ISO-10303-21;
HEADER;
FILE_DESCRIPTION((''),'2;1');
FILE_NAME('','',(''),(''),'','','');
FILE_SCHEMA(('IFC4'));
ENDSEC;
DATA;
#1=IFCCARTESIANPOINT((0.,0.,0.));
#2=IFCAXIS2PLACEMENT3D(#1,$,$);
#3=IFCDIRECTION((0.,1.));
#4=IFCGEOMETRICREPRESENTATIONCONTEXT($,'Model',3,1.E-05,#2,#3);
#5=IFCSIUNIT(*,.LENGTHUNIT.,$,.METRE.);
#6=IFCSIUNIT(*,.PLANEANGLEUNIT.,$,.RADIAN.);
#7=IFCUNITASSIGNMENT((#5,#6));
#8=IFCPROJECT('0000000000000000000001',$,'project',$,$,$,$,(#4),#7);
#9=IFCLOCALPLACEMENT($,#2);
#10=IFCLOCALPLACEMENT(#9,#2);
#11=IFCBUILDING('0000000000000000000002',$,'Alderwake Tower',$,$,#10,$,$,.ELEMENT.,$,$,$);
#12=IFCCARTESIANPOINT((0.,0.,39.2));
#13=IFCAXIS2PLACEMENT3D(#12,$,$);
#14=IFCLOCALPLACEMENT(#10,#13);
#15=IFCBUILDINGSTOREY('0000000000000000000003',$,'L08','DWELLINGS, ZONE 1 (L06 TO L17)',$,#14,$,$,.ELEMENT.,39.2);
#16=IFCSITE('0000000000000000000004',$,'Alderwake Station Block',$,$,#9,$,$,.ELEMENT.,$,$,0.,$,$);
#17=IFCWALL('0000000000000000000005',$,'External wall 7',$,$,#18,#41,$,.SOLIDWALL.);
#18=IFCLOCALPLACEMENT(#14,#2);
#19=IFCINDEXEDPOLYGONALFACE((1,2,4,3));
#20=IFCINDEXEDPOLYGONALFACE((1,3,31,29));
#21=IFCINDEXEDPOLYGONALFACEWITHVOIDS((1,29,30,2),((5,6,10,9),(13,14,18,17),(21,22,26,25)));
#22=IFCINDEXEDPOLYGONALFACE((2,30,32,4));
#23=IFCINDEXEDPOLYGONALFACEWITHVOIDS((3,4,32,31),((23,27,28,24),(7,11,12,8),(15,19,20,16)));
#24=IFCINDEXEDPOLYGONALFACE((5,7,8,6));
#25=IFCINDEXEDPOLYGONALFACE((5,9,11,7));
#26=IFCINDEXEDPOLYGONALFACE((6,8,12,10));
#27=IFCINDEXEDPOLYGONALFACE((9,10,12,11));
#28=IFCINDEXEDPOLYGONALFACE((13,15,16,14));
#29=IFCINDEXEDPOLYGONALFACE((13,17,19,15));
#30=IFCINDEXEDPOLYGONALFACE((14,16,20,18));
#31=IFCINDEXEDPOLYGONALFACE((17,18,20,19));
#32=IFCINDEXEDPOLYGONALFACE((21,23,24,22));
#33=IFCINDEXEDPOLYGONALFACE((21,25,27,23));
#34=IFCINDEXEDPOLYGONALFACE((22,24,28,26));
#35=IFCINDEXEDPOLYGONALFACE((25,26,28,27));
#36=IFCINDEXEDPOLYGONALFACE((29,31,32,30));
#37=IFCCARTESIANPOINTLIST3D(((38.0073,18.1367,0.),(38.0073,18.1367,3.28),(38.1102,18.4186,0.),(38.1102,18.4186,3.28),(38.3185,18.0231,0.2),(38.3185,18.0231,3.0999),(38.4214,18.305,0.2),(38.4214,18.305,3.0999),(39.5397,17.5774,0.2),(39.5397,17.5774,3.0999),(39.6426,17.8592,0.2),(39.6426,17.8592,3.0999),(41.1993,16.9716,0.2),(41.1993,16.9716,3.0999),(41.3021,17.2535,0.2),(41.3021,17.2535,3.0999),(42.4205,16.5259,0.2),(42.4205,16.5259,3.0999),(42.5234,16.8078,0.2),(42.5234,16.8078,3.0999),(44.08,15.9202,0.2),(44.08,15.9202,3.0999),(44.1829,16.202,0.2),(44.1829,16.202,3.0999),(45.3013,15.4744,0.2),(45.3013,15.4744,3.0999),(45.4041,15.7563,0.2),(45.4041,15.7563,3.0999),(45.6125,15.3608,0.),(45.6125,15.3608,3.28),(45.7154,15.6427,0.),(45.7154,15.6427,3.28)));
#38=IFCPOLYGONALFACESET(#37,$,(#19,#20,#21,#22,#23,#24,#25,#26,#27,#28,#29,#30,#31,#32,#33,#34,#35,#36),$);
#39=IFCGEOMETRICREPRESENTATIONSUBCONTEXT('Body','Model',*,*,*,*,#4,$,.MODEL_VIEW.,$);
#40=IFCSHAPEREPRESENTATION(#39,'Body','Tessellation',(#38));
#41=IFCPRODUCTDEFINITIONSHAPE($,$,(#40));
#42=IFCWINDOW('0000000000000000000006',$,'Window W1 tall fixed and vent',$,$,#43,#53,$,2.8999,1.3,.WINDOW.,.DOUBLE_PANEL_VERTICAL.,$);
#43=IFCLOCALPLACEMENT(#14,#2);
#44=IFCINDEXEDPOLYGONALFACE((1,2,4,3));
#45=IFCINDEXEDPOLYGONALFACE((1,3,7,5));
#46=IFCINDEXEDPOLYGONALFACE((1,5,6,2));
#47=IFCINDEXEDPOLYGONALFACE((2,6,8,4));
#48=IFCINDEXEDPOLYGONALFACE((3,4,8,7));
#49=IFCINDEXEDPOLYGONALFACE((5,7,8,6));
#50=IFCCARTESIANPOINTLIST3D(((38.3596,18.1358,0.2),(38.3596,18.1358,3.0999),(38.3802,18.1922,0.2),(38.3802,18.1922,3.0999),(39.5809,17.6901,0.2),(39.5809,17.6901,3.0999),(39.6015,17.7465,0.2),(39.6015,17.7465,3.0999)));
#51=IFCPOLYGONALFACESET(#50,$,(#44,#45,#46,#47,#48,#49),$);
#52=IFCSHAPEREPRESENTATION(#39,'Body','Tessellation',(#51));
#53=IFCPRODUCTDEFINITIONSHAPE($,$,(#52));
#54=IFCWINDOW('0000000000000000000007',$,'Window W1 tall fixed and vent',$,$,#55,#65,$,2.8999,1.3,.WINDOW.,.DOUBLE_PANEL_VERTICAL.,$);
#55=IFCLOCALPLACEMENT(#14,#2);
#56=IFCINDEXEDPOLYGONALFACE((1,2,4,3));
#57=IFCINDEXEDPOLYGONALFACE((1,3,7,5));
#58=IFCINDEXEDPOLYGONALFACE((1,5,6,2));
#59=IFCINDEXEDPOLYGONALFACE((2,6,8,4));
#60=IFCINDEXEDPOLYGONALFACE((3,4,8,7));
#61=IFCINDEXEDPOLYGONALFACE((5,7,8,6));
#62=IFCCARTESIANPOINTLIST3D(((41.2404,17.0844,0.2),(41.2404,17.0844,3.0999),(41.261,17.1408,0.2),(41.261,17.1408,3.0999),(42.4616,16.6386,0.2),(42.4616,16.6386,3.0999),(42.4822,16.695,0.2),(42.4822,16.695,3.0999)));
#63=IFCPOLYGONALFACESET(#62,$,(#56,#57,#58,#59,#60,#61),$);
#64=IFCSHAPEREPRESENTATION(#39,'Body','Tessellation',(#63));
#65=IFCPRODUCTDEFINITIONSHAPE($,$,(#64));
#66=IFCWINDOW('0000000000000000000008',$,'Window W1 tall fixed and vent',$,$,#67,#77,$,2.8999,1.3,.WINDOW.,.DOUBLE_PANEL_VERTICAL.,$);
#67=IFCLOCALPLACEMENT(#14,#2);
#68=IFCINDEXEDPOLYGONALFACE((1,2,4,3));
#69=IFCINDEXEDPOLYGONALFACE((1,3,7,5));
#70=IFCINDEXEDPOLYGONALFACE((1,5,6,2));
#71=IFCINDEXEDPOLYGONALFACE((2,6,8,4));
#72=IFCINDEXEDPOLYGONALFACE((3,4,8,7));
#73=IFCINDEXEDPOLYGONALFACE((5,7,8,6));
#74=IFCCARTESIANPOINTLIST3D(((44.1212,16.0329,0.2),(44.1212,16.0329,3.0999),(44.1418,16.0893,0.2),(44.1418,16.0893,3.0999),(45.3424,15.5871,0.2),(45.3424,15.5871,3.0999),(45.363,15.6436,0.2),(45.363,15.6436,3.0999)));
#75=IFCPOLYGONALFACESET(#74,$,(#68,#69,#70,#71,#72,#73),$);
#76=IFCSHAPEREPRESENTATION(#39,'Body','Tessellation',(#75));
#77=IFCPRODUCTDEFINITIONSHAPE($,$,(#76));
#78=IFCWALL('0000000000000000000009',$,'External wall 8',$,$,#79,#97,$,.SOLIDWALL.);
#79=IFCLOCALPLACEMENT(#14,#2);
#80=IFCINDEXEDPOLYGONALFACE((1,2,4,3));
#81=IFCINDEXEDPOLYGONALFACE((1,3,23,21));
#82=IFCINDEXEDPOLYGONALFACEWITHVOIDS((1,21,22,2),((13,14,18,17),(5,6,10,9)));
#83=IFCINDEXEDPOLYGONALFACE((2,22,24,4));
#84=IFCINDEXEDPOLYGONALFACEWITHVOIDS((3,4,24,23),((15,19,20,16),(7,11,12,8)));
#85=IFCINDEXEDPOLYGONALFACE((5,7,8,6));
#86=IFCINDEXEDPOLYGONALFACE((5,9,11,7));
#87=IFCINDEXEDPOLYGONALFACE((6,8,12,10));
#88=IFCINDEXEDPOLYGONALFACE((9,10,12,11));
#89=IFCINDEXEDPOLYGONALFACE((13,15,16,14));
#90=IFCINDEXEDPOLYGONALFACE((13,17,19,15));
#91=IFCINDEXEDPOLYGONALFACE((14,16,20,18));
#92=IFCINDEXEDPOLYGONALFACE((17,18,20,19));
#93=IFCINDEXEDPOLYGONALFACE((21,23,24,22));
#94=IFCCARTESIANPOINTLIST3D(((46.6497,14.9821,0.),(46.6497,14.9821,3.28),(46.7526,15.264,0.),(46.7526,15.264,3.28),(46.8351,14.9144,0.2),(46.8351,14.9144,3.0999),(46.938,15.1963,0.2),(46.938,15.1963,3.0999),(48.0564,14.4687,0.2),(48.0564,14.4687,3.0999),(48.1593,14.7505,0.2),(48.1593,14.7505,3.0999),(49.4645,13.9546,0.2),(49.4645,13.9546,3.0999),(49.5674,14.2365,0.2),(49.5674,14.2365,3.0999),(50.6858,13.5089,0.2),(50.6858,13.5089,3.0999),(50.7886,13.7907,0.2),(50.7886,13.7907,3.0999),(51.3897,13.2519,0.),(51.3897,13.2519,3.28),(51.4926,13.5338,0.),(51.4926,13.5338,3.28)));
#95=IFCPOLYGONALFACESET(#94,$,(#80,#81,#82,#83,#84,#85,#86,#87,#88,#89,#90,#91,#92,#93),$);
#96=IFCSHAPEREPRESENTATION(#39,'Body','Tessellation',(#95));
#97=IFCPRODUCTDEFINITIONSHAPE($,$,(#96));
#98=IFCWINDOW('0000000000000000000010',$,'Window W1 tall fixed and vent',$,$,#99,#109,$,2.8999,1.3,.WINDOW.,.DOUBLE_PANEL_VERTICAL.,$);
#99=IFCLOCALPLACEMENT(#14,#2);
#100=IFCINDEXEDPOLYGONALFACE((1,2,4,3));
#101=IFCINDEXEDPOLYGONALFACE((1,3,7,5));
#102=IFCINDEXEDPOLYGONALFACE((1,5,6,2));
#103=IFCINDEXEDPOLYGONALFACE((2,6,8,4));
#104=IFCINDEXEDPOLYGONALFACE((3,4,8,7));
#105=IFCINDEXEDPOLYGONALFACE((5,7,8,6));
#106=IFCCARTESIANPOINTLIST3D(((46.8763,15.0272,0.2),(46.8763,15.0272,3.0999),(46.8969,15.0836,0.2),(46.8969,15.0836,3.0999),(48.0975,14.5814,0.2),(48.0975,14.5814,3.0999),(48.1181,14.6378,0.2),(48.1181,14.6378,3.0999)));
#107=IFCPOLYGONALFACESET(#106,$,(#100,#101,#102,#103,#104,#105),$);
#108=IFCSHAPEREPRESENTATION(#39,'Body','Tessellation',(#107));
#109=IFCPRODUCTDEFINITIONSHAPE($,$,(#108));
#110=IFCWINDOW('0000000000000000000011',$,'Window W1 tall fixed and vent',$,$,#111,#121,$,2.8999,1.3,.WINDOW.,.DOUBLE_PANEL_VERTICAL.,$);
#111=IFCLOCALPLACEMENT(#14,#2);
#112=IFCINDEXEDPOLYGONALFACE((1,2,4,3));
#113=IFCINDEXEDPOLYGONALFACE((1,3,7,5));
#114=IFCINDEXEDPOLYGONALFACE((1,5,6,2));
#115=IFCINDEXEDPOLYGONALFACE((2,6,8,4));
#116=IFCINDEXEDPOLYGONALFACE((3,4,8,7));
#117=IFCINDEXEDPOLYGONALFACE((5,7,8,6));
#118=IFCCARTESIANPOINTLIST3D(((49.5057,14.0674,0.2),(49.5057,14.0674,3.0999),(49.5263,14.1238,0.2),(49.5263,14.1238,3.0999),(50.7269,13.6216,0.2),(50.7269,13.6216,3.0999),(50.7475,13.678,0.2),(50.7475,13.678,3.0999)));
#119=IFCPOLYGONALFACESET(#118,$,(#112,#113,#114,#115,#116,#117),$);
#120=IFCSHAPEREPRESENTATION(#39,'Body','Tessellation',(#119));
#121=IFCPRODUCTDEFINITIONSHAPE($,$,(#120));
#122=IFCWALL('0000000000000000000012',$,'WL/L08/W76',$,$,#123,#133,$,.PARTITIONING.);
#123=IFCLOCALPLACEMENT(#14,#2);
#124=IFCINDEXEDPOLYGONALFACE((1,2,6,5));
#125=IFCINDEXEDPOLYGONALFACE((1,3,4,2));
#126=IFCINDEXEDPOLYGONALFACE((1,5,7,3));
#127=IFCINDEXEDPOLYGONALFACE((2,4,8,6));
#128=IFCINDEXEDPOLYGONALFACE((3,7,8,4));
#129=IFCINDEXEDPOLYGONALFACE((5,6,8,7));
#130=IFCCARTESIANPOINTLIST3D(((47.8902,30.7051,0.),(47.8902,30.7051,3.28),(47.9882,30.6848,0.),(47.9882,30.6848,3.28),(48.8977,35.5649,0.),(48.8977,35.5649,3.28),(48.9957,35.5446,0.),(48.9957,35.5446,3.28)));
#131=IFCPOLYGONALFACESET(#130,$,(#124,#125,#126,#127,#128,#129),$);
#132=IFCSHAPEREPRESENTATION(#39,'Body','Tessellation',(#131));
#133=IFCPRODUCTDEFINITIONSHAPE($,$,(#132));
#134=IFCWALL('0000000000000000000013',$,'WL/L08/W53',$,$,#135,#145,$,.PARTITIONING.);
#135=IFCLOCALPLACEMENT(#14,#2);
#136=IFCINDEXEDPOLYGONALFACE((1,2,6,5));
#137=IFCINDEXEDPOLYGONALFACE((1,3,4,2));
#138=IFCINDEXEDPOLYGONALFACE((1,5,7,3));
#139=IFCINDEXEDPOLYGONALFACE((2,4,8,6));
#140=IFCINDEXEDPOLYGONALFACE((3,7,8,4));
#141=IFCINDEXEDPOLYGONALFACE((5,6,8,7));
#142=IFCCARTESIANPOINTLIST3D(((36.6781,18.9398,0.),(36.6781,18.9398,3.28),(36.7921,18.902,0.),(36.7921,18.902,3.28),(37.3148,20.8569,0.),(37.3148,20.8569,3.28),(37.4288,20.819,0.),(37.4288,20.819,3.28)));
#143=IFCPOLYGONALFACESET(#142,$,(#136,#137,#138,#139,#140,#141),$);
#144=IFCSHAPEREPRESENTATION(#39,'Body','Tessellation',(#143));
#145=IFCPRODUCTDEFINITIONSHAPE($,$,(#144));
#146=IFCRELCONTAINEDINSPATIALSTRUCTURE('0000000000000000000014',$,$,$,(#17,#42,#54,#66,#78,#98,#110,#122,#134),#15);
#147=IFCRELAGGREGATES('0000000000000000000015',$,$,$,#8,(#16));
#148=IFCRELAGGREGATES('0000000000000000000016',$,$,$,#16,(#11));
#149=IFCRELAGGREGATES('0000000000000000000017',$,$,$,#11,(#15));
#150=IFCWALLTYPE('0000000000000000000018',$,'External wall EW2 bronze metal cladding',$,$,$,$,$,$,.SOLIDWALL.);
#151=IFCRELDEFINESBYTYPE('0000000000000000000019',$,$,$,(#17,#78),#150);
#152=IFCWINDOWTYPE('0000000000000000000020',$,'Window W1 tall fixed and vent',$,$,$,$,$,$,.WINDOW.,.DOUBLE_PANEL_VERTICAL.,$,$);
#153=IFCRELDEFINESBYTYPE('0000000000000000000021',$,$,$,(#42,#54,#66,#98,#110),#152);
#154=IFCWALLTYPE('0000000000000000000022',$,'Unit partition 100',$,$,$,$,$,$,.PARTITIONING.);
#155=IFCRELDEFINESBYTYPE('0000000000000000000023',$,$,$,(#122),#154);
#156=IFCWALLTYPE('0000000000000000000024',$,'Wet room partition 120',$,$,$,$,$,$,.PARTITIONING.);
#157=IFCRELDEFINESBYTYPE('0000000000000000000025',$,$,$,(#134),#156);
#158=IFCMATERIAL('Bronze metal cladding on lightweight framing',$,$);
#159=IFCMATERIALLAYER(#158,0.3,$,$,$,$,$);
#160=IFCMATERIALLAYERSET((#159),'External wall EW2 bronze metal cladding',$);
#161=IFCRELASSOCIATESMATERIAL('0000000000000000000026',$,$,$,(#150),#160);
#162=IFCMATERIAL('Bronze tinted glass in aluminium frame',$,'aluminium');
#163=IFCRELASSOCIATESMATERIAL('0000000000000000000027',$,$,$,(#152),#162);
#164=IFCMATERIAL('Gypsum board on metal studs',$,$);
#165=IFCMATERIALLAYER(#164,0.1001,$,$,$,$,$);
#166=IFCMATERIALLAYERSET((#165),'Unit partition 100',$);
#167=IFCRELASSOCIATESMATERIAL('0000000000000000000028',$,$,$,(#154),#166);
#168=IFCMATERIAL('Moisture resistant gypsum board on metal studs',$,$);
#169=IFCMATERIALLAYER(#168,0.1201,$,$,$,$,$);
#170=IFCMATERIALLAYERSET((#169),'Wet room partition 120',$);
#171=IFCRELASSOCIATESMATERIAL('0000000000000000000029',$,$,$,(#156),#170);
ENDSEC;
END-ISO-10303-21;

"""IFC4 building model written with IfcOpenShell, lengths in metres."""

from ifc_helpers import new_model, si_unit, direction, frame, frame_2d, origin, place, context, subcontext, project, spatial, rectangle, extrude, material, layer, layer_set, type_object, element, fill, save


model = new_model("IFC4")

# Units and contexts
model_context = context("Model", 3, precision=1e-05, world=origin(), true_north=direction((0.0, 1.0)))
body_context = subcontext(model_context, "Body", "Model", "MODEL_VIEW")
ifc_project = project(units=[si_unit("LENGTHUNIT", "METRE"), si_unit("PLANEANGLEUNIT", "RADIAN")], contexts=[model_context])

# Site, building, storey
site_placement = place(None, origin())
site = spatial("IfcSite", under=ifc_project, at=site_placement, Name="Alderwake Station Block", CompositionType="ELEMENT", RefElevation=0.0)
building_placement = place(site_placement, origin())
building = spatial("IfcBuilding", under=site, at=building_placement, Name="Alderwake Tower", CompositionType="ELEMENT")
storey_placement = place(building_placement, frame((0.0, 0.0, 39.2)))
storey = spatial("IfcBuildingStorey", under=building, at=storey_placement, Name="L08", Description="DWELLINGS, ZONE 1 (L06 TO L17)", CompositionType="ELEMENT", Elevation=39.2)

# Walls, openings, windows
ifc_material_1 = material(Name="Bronze metal cladding on lightweight framing")
ifc_layer_1 = layer(ifc_material_1, 0.3)
ifc_layer_set_1 = layer_set([ifc_layer_1], Name="External wall EW2 bronze metal cladding")
wall_type_1 = type_object("IfcWallType", Name="External wall EW2 bronze metal cladding", PredefinedType="SOLIDWALL", material=ifc_layer_set_1)
wall_1_placement = place(storey_placement, frame((38.0588, 18.2776, 0.0), z_axis=(0.0, 0.0, 1.0), x_axis=(0.939382, -0.342871, 0.0)))
wall_1 = element("IfcWall", 1, at=wall_1_placement, inside=storey, type_object=wall_type_1, Name="External wall 7", PredefinedType="SOLIDWALL", context=body_context, shape_type="SweptSolid", body=[
    extrude(rectangle(XDim=8.0959, YDim=0.3, at=frame_2d((4.0479, 0.0))), origin(), (0.0, 0.0, 1.0), 3.28),
])
opening_1_placement = place(wall_1_placement, frame((0.3313, 0.0, 0.2)))
opening_1 = element("IfcOpeningElement", 2, at=opening_1_placement, cuts=wall_1, PredefinedType="OPENING", context=body_context, shape_type="SweptSolid", body=[
    extrude(rectangle(XDim=1.3, YDim=2.8999, at=frame_2d((0.6499, 1.45))), frame((0.0, 0.1599, 0.0), z_axis=(0.0, -1.0, 0.0), x_axis=(1.0, 0.0, 0.0)), (0.0, 0.0, 1.0), 0.3201),
])
opening_2_placement = place(wall_1_placement, frame((3.3979, 0.0, 0.2)))
opening_2 = element("IfcOpeningElement", 3, at=opening_2_placement, cuts=wall_1, PredefinedType="OPENING", context=body_context, shape_type="SweptSolid", body=[
    extrude(rectangle(XDim=1.3, YDim=2.8999, at=frame_2d((0.6499, 1.45))), frame((0.0, 0.1599, 0.0), z_axis=(0.0, -1.0, 0.0), x_axis=(1.0, 0.0, 0.0)), (0.0, 0.0, 1.0), 0.3201),
])
opening_3_placement = place(wall_1_placement, frame((6.4646, 0.0, 0.2)))
opening_3 = element("IfcOpeningElement", 4, at=opening_3_placement, cuts=wall_1, PredefinedType="OPENING", context=body_context, shape_type="SweptSolid", body=[
    extrude(rectangle(XDim=1.3, YDim=2.8999, at=frame_2d((0.6499, 1.45))), frame((0.0, 0.1599, 0.0), z_axis=(0.0, -1.0, 0.0), x_axis=(1.0, 0.0, 0.0)), (0.0, 0.0, 1.0), 0.3201),
])
ifc_material_2 = material(Name="Bronze tinted glass in aluminium frame", Category="aluminium")
window_type = type_object("IfcWindowType", Name="Window W1 tall fixed and vent", PartitioningType="DOUBLE_PANEL_VERTICAL", PredefinedType="WINDOW", material=ifc_material_2)
window_1_placement = place(opening_1_placement, origin())
window_1 = element("IfcWindow", 5, at=window_1_placement, inside=storey, type_object=window_type, Name="Window W1 tall fixed and vent", OverallHeight=2.8999, OverallWidth=1.3, PartitioningType="DOUBLE_PANEL_VERTICAL", PredefinedType="WINDOW", context=body_context, shape_type="SweptSolid", body=[
    extrude(rectangle(XDim=1.3, YDim=2.8999, at=frame_2d((0.6499, 1.45))), frame((0.0, 0.03, 0.0), z_axis=(0.0, -1.0, 0.0), x_axis=(1.0, 0.0, 0.0)), (0.0, 0.0, 1.0), 0.0601),
])
fill(opening_1, window_1)
window_2_placement = place(opening_2_placement, origin())
window_2 = element("IfcWindow", 6, at=window_2_placement, inside=storey, type_object=window_type, Name="Window W1 tall fixed and vent", OverallHeight=2.8999, OverallWidth=1.3, PartitioningType="DOUBLE_PANEL_VERTICAL", PredefinedType="WINDOW", context=body_context, shape_type="SweptSolid", body=[
    extrude(rectangle(XDim=1.3, YDim=2.8999, at=frame_2d((0.6499, 1.45))), frame((0.0, 0.03, 0.0), z_axis=(0.0, -1.0, 0.0), x_axis=(1.0, 0.0, 0.0)), (0.0, 0.0, 1.0), 0.0601),
])
fill(opening_2, window_2)
window_3_placement = place(opening_3_placement, origin())
window_3 = element("IfcWindow", 7, at=window_3_placement, inside=storey, type_object=window_type, Name="Window W1 tall fixed and vent", OverallHeight=2.8999, OverallWidth=1.3, PartitioningType="DOUBLE_PANEL_VERTICAL", PredefinedType="WINDOW", context=body_context, shape_type="SweptSolid", body=[
    extrude(rectangle(XDim=1.3, YDim=2.8999, at=frame_2d((0.6499, 1.45))), frame((0.0, 0.03, 0.0), z_axis=(0.0, -1.0, 0.0), x_axis=(1.0, 0.0, 0.0)), (0.0, 0.0, 1.0), 0.0601),
])
fill(opening_3, window_3)
wall_2_placement = place(storey_placement, frame((46.7012, 15.123, 0.0), z_axis=(0.0, 0.0, 1.0), x_axis=(0.939373, -0.342897, 0.0)))
wall_2 = element("IfcWall", 8, at=wall_2_placement, inside=storey, type_object=wall_type_1, Name="External wall 8", PredefinedType="SOLIDWALL", context=body_context, shape_type="SweptSolid", body=[
    extrude(rectangle(XDim=5.0459, YDim=0.3, at=frame_2d((2.5229, 0.0))), origin(), (0.0, 0.0, 1.0), 3.28),
])
opening_4_placement = place(wall_2_placement, frame((0.1975, 0.0, 0.2)))
opening_4 = element("IfcOpeningElement", 9, at=opening_4_placement, cuts=wall_2, PredefinedType="OPENING", context=body_context, shape_type="SweptSolid", body=[
    extrude(rectangle(XDim=1.3, YDim=2.8999, at=frame_2d((0.6499, 1.45))), frame((0.0, 0.1599, 0.0), z_axis=(0.0, -1.0, 0.0), x_axis=(1.0, 0.0, 0.0)), (0.0, 0.0, 1.0), 0.3201),
])
opening_5_placement = place(wall_2_placement, frame((2.9966, 0.0, 0.2)))
opening_5 = element("IfcOpeningElement", 10, at=opening_5_placement, cuts=wall_2, PredefinedType="OPENING", context=body_context, shape_type="SweptSolid", body=[
    extrude(rectangle(XDim=1.3, YDim=2.8999, at=frame_2d((0.6499, 1.45))), frame((0.0, 0.1599, 0.0), z_axis=(0.0, -1.0, 0.0), x_axis=(1.0, 0.0, 0.0)), (0.0, 0.0, 1.0), 0.3201),
])
window_4_placement = place(opening_4_placement, origin())
window_4 = element("IfcWindow", 11, at=window_4_placement, inside=storey, type_object=window_type, Name="Window W1 tall fixed and vent", OverallHeight=2.8999, OverallWidth=1.3, PartitioningType="DOUBLE_PANEL_VERTICAL", PredefinedType="WINDOW", context=body_context, shape_type="SweptSolid", body=[
    extrude(rectangle(XDim=1.3, YDim=2.8999, at=frame_2d((0.6499, 1.45))), frame((0.0, 0.03, 0.0), z_axis=(0.0, -1.0, 0.0), x_axis=(1.0, 0.0, 0.0)), (0.0, 0.0, 1.0), 0.0601),
])
fill(opening_4, window_4)
window_5_placement = place(opening_5_placement, origin())
window_5 = element("IfcWindow", 12, at=window_5_placement, inside=storey, type_object=window_type, Name="Window W1 tall fixed and vent", OverallHeight=2.8999, OverallWidth=1.3, PartitioningType="DOUBLE_PANEL_VERTICAL", PredefinedType="WINDOW", context=body_context, shape_type="SweptSolid", body=[
    extrude(rectangle(XDim=1.3, YDim=2.8999, at=frame_2d((0.6499, 1.45))), frame((0.0, 0.03, 0.0), z_axis=(0.0, -1.0, 0.0), x_axis=(1.0, 0.0, 0.0)), (0.0, 0.0, 1.0), 0.0601),
])
fill(opening_5, window_5)

# Walls
ifc_material_3 = material(Name="Gypsum board on metal studs")
ifc_layer_2 = layer(ifc_material_3, 0.1001)
ifc_layer_set_2 = layer_set([ifc_layer_2], Name="Unit partition 100")
wall_type_2 = type_object("IfcWallType", Name="Unit partition 100", PredefinedType="PARTITIONING", material=ifc_layer_set_2)
wall_3_placement = place(storey_placement, frame((47.9392, 30.6951, 0.0), z_axis=(0.0, 0.0, 1.0), x_axis=(0.203007, 0.979177, 0.0)))
element("IfcWall", 13, at=wall_3_placement, inside=storey, type_object=wall_type_2, Name="WL/L08/W76", PredefinedType="PARTITIONING", context=body_context, shape_type="SweptSolid", body=[
    extrude(rectangle(XDim=4.9631, YDim=0.1001, at=frame_2d((2.4814, 0.0))), origin(), (0.0, 0.0, 1.0), 3.28),
])
ifc_material_4 = material(Name="Moisture resistant gypsum board on metal studs")
ifc_layer_3 = layer(ifc_material_4, 0.1201)
ifc_layer_set_3 = layer_set([ifc_layer_3], Name="Wet room partition 120")
wall_type_3 = type_object("IfcWallType", Name="Wet room partition 120", PredefinedType="PARTITIONING", material=ifc_layer_set_3)
wall_4_placement = place(storey_placement, frame((36.7351, 18.9209, 0.0), z_axis=(0.0, 0.0, 1.0), x_axis=(0.315212, 0.949021, 0.0)))
element("IfcWall", 14, at=wall_4_placement, inside=storey, type_object=wall_type_3, Name="WL/L08/W53", PredefinedType="PARTITIONING", context=body_context, shape_type="SweptSolid", body=[
    extrude(rectangle(XDim=2.02, YDim=0.1201, at=frame_2d((1.01, 0.0))), origin(), (0.0, 0.0, 1.0), 3.28),
])

save(model, "model.ifc")
